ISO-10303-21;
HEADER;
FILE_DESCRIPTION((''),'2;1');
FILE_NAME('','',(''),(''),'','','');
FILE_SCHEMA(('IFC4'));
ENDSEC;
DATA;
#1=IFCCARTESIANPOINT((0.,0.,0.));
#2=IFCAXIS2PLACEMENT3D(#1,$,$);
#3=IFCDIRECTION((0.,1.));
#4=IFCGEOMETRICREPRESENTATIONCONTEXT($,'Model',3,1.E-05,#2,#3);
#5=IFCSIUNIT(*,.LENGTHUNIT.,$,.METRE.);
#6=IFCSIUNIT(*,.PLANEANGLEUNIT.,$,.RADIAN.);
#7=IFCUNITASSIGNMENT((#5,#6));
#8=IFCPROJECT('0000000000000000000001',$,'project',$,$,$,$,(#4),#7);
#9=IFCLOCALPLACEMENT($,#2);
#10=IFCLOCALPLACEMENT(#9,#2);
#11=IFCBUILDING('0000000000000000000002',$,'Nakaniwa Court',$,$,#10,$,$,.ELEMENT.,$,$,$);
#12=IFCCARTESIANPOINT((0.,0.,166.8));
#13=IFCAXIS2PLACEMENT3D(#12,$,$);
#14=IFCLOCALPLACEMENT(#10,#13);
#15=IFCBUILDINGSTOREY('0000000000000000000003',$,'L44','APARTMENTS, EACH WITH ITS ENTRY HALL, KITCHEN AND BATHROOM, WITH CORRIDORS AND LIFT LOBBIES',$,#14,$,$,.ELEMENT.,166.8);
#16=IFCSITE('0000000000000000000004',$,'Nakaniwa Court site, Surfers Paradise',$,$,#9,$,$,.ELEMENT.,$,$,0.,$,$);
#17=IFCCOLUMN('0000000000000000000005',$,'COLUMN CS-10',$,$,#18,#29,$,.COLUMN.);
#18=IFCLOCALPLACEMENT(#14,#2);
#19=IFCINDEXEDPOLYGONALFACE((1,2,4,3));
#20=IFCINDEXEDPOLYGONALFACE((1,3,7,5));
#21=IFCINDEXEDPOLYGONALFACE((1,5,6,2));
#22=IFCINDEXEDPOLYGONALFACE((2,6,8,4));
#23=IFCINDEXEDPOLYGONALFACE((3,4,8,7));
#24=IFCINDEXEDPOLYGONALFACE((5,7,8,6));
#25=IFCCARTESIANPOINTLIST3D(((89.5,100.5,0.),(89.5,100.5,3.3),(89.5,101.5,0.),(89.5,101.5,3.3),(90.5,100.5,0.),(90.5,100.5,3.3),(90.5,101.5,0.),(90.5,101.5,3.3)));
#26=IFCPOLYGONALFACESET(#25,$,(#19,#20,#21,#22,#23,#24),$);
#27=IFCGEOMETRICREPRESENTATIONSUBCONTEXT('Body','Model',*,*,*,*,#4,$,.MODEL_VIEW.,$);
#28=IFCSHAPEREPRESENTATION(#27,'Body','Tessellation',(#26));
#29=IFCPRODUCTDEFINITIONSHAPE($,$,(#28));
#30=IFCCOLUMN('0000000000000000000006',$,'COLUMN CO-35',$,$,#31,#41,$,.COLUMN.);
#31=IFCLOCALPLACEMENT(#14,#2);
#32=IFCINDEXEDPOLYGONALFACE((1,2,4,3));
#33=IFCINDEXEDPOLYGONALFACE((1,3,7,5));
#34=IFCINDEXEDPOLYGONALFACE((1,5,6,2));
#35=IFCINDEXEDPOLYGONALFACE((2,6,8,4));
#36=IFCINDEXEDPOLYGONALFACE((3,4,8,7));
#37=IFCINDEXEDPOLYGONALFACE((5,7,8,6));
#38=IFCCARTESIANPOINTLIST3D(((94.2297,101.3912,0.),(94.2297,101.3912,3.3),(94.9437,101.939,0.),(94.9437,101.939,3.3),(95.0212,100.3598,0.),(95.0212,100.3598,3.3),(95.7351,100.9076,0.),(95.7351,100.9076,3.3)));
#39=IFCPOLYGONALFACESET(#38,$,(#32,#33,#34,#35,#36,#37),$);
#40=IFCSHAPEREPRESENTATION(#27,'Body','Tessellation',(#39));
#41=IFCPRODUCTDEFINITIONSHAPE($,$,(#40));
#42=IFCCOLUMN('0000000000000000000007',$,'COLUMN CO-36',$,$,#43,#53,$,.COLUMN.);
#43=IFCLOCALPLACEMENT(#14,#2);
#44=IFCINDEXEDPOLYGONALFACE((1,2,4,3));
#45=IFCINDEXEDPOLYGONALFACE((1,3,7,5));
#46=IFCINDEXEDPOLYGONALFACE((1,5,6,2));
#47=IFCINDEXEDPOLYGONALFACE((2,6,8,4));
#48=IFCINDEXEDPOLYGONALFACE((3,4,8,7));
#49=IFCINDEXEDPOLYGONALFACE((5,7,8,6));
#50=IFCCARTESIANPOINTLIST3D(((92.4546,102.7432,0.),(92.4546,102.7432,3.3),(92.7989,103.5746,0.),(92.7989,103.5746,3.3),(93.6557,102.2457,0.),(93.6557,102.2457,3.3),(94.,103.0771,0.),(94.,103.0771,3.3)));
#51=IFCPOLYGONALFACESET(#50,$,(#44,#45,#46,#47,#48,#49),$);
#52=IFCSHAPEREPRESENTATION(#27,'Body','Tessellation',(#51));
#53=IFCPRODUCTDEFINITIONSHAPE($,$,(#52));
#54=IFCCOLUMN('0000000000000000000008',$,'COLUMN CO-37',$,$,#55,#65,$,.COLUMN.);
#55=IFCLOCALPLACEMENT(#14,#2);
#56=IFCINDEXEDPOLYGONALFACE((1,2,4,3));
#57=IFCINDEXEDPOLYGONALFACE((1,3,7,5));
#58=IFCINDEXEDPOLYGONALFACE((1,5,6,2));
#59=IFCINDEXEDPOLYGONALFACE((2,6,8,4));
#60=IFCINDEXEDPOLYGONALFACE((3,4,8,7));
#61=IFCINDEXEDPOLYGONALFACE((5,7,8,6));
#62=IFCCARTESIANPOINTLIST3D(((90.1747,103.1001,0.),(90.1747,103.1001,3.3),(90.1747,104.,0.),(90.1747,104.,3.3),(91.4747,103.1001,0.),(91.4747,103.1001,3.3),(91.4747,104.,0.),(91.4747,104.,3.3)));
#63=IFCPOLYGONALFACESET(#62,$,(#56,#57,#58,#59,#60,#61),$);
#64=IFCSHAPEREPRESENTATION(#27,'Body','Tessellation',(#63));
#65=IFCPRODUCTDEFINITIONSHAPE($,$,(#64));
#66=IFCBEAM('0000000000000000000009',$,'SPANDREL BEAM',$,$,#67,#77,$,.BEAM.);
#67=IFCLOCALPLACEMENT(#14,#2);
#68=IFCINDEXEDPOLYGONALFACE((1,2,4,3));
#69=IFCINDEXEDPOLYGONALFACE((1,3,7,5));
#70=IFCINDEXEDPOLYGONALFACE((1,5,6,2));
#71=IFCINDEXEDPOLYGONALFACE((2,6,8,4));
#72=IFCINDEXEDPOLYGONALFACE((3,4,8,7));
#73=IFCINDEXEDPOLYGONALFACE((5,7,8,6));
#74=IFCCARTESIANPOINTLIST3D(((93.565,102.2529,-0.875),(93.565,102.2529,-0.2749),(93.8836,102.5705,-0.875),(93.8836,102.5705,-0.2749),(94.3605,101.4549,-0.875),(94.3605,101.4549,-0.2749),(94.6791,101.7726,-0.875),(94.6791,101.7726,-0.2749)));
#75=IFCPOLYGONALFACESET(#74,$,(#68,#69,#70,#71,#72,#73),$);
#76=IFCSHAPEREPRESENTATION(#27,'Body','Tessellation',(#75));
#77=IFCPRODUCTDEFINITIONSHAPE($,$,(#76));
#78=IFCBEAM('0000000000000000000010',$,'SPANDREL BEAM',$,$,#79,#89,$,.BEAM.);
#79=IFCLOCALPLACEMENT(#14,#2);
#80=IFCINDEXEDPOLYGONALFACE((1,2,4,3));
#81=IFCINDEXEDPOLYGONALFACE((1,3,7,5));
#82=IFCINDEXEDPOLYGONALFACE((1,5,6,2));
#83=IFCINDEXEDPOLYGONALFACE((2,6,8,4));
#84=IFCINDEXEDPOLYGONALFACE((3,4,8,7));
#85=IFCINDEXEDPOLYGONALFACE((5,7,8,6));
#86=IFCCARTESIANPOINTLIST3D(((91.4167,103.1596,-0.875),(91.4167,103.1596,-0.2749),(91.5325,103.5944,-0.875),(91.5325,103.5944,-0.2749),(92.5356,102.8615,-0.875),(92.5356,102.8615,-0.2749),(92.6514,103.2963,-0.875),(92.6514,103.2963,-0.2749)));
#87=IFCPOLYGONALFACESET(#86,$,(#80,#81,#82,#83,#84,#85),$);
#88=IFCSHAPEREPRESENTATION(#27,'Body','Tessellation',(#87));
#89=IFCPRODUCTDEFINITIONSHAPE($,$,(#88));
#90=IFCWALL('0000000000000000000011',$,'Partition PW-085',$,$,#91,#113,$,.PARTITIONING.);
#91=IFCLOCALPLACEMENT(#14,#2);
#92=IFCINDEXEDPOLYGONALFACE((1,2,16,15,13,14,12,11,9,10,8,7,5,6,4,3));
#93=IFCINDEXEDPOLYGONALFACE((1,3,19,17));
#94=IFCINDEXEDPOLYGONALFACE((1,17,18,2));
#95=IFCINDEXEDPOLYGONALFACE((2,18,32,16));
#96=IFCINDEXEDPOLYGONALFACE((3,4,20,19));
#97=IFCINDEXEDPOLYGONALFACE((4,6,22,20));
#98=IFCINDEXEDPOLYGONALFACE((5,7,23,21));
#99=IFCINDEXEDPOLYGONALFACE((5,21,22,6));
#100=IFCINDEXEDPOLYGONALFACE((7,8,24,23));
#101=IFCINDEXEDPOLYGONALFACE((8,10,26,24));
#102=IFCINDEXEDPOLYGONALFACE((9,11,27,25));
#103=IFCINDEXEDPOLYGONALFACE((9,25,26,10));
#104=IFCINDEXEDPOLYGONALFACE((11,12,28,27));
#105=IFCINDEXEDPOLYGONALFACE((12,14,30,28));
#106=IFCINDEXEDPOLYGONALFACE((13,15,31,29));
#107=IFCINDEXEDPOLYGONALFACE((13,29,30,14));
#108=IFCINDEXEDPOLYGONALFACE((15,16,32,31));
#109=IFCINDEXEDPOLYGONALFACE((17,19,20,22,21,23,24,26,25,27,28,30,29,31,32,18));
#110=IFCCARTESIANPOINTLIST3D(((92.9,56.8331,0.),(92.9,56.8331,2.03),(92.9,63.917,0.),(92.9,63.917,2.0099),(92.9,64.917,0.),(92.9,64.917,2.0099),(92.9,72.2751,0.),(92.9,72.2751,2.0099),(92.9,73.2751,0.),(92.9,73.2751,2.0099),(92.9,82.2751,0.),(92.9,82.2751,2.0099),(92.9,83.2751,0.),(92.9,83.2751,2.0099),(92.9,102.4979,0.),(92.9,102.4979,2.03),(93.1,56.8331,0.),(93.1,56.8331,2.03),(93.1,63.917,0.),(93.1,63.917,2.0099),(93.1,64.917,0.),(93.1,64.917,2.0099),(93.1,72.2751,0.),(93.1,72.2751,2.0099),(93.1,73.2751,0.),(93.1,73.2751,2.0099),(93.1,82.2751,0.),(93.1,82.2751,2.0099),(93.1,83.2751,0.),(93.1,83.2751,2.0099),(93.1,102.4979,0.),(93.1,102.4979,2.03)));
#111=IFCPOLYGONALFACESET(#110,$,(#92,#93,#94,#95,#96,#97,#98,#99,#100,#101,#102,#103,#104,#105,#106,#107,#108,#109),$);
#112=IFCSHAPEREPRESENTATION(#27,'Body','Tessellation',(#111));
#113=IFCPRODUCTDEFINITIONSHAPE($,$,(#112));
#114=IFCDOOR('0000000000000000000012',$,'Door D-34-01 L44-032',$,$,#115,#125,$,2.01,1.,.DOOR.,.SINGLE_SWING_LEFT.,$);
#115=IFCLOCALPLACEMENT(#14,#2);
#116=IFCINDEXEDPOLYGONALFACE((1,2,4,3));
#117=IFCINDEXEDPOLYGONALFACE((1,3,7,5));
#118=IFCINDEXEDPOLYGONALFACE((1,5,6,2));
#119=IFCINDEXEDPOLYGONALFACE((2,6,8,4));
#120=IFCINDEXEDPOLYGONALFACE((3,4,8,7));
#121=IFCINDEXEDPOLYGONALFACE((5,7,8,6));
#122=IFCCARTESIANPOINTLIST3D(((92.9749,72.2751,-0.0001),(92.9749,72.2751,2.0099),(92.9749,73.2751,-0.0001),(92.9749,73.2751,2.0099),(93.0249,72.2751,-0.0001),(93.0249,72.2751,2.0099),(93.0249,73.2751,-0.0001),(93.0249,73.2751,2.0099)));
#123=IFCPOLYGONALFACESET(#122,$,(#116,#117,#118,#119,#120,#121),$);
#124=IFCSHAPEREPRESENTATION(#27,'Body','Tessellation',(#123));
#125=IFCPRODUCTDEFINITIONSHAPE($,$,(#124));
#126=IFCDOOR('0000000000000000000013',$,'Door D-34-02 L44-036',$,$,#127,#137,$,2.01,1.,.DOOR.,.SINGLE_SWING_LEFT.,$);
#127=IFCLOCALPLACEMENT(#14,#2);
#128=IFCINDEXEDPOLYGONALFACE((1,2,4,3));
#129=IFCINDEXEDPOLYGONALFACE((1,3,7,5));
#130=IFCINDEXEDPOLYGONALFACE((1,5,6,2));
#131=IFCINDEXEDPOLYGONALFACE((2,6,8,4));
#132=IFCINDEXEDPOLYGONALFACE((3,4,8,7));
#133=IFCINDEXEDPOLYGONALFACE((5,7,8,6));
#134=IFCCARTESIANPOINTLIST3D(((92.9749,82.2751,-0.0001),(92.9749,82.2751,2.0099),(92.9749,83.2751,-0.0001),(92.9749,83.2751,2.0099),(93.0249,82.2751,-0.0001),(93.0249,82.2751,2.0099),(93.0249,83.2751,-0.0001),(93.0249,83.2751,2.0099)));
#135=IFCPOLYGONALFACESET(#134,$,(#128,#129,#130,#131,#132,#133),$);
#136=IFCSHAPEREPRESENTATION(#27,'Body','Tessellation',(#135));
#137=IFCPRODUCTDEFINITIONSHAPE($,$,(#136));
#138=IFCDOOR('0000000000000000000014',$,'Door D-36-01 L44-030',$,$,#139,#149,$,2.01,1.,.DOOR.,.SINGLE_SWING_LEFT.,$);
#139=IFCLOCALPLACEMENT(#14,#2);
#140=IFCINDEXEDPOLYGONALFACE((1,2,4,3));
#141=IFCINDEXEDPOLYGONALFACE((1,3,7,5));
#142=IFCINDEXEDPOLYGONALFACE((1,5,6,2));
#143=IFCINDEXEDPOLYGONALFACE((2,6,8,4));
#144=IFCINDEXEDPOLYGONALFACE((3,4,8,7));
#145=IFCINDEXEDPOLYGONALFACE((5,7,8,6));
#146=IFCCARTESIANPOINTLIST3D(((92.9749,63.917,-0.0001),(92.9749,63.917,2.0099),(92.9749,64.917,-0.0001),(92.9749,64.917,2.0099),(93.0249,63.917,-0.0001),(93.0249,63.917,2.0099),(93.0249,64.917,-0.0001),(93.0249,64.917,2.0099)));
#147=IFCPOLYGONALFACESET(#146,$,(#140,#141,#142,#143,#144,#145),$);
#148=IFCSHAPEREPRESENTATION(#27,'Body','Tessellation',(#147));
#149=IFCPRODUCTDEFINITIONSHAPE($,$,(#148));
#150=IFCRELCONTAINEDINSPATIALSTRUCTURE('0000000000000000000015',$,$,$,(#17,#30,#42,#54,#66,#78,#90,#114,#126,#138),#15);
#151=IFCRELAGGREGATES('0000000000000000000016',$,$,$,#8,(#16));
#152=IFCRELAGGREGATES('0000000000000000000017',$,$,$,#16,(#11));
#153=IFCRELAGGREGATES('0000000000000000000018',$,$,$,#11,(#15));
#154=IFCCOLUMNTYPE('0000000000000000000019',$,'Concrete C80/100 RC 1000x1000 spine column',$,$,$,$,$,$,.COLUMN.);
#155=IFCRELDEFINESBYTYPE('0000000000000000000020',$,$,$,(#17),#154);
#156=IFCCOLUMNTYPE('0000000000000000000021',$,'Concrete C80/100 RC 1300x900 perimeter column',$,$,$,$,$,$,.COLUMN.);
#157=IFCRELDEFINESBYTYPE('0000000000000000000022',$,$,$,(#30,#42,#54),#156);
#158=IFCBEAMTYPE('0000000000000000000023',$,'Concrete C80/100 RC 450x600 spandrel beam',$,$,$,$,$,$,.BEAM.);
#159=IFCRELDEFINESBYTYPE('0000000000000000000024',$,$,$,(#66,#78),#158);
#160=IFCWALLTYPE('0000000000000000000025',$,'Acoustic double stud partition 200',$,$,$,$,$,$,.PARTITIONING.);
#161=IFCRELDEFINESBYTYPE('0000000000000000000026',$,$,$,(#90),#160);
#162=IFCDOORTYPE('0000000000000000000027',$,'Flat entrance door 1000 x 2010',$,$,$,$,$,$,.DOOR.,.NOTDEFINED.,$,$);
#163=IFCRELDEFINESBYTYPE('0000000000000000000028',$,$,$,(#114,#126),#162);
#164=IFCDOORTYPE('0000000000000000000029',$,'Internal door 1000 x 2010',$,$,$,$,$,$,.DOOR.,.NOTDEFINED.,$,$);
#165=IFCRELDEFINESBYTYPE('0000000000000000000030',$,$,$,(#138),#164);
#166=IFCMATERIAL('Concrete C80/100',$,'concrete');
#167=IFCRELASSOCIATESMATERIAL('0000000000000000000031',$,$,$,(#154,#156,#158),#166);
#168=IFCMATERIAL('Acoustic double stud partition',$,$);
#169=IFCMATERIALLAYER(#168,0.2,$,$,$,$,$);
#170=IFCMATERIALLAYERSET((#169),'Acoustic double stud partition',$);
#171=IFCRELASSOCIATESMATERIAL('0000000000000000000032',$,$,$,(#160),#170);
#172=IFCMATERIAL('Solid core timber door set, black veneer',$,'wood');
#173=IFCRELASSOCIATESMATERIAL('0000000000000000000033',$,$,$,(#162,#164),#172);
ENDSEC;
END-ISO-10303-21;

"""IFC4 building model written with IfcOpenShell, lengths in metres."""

from ifc_helpers import new_model, si_unit, direction, frame, frame_2d, origin, origin_2d, place, context, subcontext, project, spatial, rectangle, extrude, material, layer, layer_set, material_profile, profile_set, type_object, element, fill, save


model = new_model("IFC4")

# Units and contexts
model_context = context("Model", 3, precision=1e-05, world=origin(), true_north=direction((0.0, 1.0)))
body_context = subcontext(model_context, "Body", "Model", "MODEL_VIEW")
ifc_project = project(units=[si_unit("LENGTHUNIT", "METRE"), si_unit("PLANEANGLEUNIT", "RADIAN")], contexts=[model_context])

# Site, building, storey
site_placement = place(None, origin())
site = spatial("IfcSite", under=ifc_project, at=site_placement, Name="Nakaniwa Court site, Surfers Paradise", CompositionType="ELEMENT", RefElevation=0.0)
building_placement = place(site_placement, origin())
building = spatial("IfcBuilding", under=site, at=building_placement, Name="Nakaniwa Court", CompositionType="ELEMENT")
storey_placement = place(building_placement, frame((0.0, 0.0, 166.8)))
storey = spatial("IfcBuildingStorey", under=building, at=storey_placement, Name="L44", Description="APARTMENTS, EACH WITH ITS ENTRY HALL, KITCHEN AND BATHROOM, WITH CORRIDORS AND LIFT LOBBIES", CompositionType="ELEMENT", Elevation=166.8)

# Columns
ifc_material_1 = material(Name="Concrete C80/100", Category="concrete")
ifc_material_profile_1 = material_profile(ifc_material_1, rectangle(XDim=1.0, YDim=1.0, at=origin_2d()), Name="Concrete C80/100 RC 1000x1000 spine column")
ifc_profile_set_1 = profile_set([ifc_material_profile_1], Name="Concrete C80/100")
column_type_1 = type_object("IfcColumnType", Name="Concrete C80/100 RC 1000x1000 spine column", PredefinedType="COLUMN", material=ifc_profile_set_1)
column_placement = place(storey_placement, frame((90.0, 101.0, 0.0), z_axis=(0.0, 0.0, 1.0), x_axis=(0.0, 1.0, 0.0)))
element("IfcColumn", 1, at=column_placement, inside=storey, type_object=column_type_1, Name="COLUMN CS-10", PredefinedType="COLUMN", context=body_context, shape_type="SweptSolid", body=[
    extrude(rectangle(XDim=1.0, YDim=1.0, at=origin_2d()), origin(), (0.0, 0.0, 1.0), 3.3),
])
ifc_material_profile_2 = material_profile(ifc_material_1, rectangle(XDim=1.3, YDim=0.8999, at=origin_2d()), Name="Concrete C80/100 RC 1300x900 perimeter column")
ifc_profile_set_2 = profile_set([ifc_material_profile_2], Name="Concrete C80/100")
column_type_2 = type_object("IfcColumnType", Name="Concrete C80/100 RC 1300x900 perimeter column", PredefinedType="COLUMN", material=ifc_profile_set_2)
for number, where, z_axis, x_axis, name in (
    (2, (94.9824, 101.1494, 0.0), (0.0, 0.0, 1.0), (-0.608761, 0.793353, 0.0), "COLUMN CO-35"),
    (3, (93.2273, 102.9102, 0.0), (0.0, 0.0, 1.0), (-0.92388, 0.382683, 0.0), "COLUMN CO-36"),
    (4, (90.8247, 103.55, 0.0), (0.0, 0.0, 1.0), (-1.0, 0.0, 0.0), "COLUMN CO-37"),
):
    element("IfcColumn", number, at=place(storey_placement, frame(where, z_axis=z_axis, x_axis=x_axis)), inside=storey, type_object=column_type_2, Name=name, PredefinedType="COLUMN", context=body_context, shape_type="SweptSolid", body=[
        extrude(rectangle(XDim=1.3, YDim=0.8999, at=origin_2d()), origin(), (0.0, 0.0, 1.0), 3.3),
    ])

# Beams
ifc_material_profile_3 = material_profile(ifc_material_1, rectangle(XDim=0.45, YDim=0.6001, at=origin_2d()), Name="Concrete C80/100 RC 450x600 spandrel beam")
ifc_profile_set_3 = profile_set([ifc_material_profile_3], Name="Concrete C80/100")
beam_type = type_object("IfcBeamType", Name="Concrete C80/100 RC 450x600 spandrel beam", PredefinedType="BEAM", material=ifc_profile_set_3)
beam_1_placement = place(storey_placement, frame((94.5198, 101.6138, -0.575), z_axis=(-0.706022, 0.708189, 0.0), x_axis=(-0.708189, -0.706022, 0.0)))
element("IfcBeam", 5, at=beam_1_placement, inside=storey, type_object=beam_type, Name="SPANDREL BEAM", PredefinedType="BEAM", context=body_context, shape_type="SweptSolid", body=[
    extrude(rectangle(XDim=0.45, YDim=0.6001, at=origin_2d()), origin(), (0.0, 0.0, 1.0), 1.1267),
])
beam_2_placement = place(storey_placement, frame((92.5935, 103.0789, -0.575), z_axis=(-0.966294, 0.25744, 0.0), x_axis=(-0.25744, -0.966294, 0.0)))
element("IfcBeam", 6, at=beam_2_placement, inside=storey, type_object=beam_type, Name="SPANDREL BEAM", PredefinedType="BEAM", context=body_context, shape_type="SweptSolid", body=[
    extrude(rectangle(XDim=0.45, YDim=0.6001, at=origin_2d()), origin(), (0.0, 0.0, 1.0), 1.158),
])

# Wall, openings, doors
ifc_material_2 = material(Name="Acoustic double stud partition")
ifc_layer_1 = layer(ifc_material_2, 0.2)
ifc_layer_set_1 = layer_set([ifc_layer_1], Name="Acoustic double stud partition")
wall_type_1 = type_object("IfcWallType", Name="Acoustic double stud partition 200", PredefinedType="PARTITIONING", material=ifc_layer_set_1)
wall_1_placement = place(storey_placement, frame((93.0, 102.498, 0.0), z_axis=(0.0, 0.0, 1.0), x_axis=(0.0, -1.0, 0.0)))
wall_1 = element("IfcWall", 7, at=wall_1_placement, inside=storey, type_object=wall_type_1, Name="Partition PW-085", PredefinedType="PARTITIONING", context=body_context, shape_type="SweptSolid", body=[
    extrude(rectangle(XDim=45.6648, YDim=0.2, at=frame_2d((22.8325, 0.0))), origin(), (0.0, 0.0, 1.0), 2.03),
])
opening_1_placement = place(wall_1_placement, frame((37.5811, 0.0, 0.0)))
opening_1 = element("IfcOpeningElement", 8, at=opening_1_placement, cuts=wall_1, PredefinedType="OPENING", context=body_context, shape_type="SweptSolid", body=[
    extrude(rectangle(XDim=1.0, YDim=2.01, at=frame_2d((0.5, 1.0049))), frame((0.0, 0.1099, 0.0), z_axis=(0.0, -1.0, 0.0), x_axis=(1.0, 0.0, 0.0)), (0.0, 0.0, 1.0), 0.22),
])
opening_2_placement = place(wall_1_placement, frame((29.2229, 0.0, 0.0)))
opening_2 = element("IfcOpeningElement", 9, at=opening_2_placement, cuts=wall_1, PredefinedType="OPENING", context=body_context, shape_type="SweptSolid", body=[
    extrude(rectangle(XDim=1.0, YDim=2.01, at=frame_2d((0.5, 1.0049))), frame((0.0, 0.1099, 0.0), z_axis=(0.0, -1.0, 0.0), x_axis=(1.0, 0.0, 0.0)), (0.0, 0.0, 1.0), 0.22),
])
opening_3_placement = place(wall_1_placement, frame((19.2229, 0.0, 0.0)))
opening_3 = element("IfcOpeningElement", 10, at=opening_3_placement, cuts=wall_1, PredefinedType="OPENING", context=body_context, shape_type="SweptSolid", body=[
    extrude(rectangle(XDim=1.0, YDim=2.01, at=frame_2d((0.5, 1.0049))), frame((0.0, 0.1099, 0.0), z_axis=(0.0, -1.0, 0.0), x_axis=(1.0, 0.0, 0.0)), (0.0, 0.0, 1.0), 0.22),
])
ifc_material_3 = material(Name="Solid core timber door set, black veneer", Category="wood")
door_type_1 = type_object("IfcDoorType", Name="Flat entrance door 1000 x 2010", OperationType="NOTDEFINED", PredefinedType="DOOR", material=ifc_material_3)
door_1_placement = place(opening_2_placement, origin())
door_1 = element("IfcDoor", 11, at=door_1_placement, inside=storey, type_object=door_type_1, Name="Door D-34-01 L44-032", OperationType="SINGLE_SWING_LEFT", OverallHeight=2.01, OverallWidth=1.0, PredefinedType="DOOR", context=body_context, shape_type="SweptSolid", body=[
    extrude(rectangle(XDim=1.0, YDim=2.01, at=frame_2d((0.5, 1.0049))), frame((0.0, 0.0249, 0.0), z_axis=(0.0, -1.0, 0.0), x_axis=(1.0, 0.0, 0.0)), (0.0, 0.0, 1.0), 0.05),
])
fill(opening_2, door_1)
door_2_placement = place(opening_3_placement, origin())
door_2 = element("IfcDoor", 12, at=door_2_placement, inside=storey, type_object=door_type_1, Name="Door D-34-02 L44-036", OperationType="SINGLE_SWING_LEFT", OverallHeight=2.01, OverallWidth=1.0, PredefinedType="DOOR", context=body_context, shape_type="SweptSolid", body=[
    extrude(rectangle(XDim=1.0, YDim=2.01, at=frame_2d((0.5, 1.0049))), frame((0.0, 0.0249, 0.0), z_axis=(0.0, -1.0, 0.0), x_axis=(1.0, 0.0, 0.0)), (0.0, 0.0, 1.0), 0.05),
])
fill(opening_3, door_2)
door_type_2 = type_object("IfcDoorType", Name="Internal door 1000 x 2010", OperationType="NOTDEFINED", PredefinedType="DOOR", material=ifc_material_3)
door_3_placement = place(opening_1_placement, origin())
door_3 = element("IfcDoor", 13, at=door_3_placement, inside=storey, type_object=door_type_2, Name="Door D-36-01 L44-030", OperationType="SINGLE_SWING_LEFT", OverallHeight=2.01, OverallWidth=1.0, PredefinedType="DOOR", context=body_context, shape_type="SweptSolid", body=[
    extrude(rectangle(XDim=1.0, YDim=2.01, at=frame_2d((0.5, 1.0049))), frame((0.0, 0.0249, 0.0), z_axis=(0.0, -1.0, 0.0), x_axis=(1.0, 0.0, 0.0)), (0.0, 0.0, 1.0), 0.05),
])
fill(opening_1, door_3)

save(model, "model.ifc")
